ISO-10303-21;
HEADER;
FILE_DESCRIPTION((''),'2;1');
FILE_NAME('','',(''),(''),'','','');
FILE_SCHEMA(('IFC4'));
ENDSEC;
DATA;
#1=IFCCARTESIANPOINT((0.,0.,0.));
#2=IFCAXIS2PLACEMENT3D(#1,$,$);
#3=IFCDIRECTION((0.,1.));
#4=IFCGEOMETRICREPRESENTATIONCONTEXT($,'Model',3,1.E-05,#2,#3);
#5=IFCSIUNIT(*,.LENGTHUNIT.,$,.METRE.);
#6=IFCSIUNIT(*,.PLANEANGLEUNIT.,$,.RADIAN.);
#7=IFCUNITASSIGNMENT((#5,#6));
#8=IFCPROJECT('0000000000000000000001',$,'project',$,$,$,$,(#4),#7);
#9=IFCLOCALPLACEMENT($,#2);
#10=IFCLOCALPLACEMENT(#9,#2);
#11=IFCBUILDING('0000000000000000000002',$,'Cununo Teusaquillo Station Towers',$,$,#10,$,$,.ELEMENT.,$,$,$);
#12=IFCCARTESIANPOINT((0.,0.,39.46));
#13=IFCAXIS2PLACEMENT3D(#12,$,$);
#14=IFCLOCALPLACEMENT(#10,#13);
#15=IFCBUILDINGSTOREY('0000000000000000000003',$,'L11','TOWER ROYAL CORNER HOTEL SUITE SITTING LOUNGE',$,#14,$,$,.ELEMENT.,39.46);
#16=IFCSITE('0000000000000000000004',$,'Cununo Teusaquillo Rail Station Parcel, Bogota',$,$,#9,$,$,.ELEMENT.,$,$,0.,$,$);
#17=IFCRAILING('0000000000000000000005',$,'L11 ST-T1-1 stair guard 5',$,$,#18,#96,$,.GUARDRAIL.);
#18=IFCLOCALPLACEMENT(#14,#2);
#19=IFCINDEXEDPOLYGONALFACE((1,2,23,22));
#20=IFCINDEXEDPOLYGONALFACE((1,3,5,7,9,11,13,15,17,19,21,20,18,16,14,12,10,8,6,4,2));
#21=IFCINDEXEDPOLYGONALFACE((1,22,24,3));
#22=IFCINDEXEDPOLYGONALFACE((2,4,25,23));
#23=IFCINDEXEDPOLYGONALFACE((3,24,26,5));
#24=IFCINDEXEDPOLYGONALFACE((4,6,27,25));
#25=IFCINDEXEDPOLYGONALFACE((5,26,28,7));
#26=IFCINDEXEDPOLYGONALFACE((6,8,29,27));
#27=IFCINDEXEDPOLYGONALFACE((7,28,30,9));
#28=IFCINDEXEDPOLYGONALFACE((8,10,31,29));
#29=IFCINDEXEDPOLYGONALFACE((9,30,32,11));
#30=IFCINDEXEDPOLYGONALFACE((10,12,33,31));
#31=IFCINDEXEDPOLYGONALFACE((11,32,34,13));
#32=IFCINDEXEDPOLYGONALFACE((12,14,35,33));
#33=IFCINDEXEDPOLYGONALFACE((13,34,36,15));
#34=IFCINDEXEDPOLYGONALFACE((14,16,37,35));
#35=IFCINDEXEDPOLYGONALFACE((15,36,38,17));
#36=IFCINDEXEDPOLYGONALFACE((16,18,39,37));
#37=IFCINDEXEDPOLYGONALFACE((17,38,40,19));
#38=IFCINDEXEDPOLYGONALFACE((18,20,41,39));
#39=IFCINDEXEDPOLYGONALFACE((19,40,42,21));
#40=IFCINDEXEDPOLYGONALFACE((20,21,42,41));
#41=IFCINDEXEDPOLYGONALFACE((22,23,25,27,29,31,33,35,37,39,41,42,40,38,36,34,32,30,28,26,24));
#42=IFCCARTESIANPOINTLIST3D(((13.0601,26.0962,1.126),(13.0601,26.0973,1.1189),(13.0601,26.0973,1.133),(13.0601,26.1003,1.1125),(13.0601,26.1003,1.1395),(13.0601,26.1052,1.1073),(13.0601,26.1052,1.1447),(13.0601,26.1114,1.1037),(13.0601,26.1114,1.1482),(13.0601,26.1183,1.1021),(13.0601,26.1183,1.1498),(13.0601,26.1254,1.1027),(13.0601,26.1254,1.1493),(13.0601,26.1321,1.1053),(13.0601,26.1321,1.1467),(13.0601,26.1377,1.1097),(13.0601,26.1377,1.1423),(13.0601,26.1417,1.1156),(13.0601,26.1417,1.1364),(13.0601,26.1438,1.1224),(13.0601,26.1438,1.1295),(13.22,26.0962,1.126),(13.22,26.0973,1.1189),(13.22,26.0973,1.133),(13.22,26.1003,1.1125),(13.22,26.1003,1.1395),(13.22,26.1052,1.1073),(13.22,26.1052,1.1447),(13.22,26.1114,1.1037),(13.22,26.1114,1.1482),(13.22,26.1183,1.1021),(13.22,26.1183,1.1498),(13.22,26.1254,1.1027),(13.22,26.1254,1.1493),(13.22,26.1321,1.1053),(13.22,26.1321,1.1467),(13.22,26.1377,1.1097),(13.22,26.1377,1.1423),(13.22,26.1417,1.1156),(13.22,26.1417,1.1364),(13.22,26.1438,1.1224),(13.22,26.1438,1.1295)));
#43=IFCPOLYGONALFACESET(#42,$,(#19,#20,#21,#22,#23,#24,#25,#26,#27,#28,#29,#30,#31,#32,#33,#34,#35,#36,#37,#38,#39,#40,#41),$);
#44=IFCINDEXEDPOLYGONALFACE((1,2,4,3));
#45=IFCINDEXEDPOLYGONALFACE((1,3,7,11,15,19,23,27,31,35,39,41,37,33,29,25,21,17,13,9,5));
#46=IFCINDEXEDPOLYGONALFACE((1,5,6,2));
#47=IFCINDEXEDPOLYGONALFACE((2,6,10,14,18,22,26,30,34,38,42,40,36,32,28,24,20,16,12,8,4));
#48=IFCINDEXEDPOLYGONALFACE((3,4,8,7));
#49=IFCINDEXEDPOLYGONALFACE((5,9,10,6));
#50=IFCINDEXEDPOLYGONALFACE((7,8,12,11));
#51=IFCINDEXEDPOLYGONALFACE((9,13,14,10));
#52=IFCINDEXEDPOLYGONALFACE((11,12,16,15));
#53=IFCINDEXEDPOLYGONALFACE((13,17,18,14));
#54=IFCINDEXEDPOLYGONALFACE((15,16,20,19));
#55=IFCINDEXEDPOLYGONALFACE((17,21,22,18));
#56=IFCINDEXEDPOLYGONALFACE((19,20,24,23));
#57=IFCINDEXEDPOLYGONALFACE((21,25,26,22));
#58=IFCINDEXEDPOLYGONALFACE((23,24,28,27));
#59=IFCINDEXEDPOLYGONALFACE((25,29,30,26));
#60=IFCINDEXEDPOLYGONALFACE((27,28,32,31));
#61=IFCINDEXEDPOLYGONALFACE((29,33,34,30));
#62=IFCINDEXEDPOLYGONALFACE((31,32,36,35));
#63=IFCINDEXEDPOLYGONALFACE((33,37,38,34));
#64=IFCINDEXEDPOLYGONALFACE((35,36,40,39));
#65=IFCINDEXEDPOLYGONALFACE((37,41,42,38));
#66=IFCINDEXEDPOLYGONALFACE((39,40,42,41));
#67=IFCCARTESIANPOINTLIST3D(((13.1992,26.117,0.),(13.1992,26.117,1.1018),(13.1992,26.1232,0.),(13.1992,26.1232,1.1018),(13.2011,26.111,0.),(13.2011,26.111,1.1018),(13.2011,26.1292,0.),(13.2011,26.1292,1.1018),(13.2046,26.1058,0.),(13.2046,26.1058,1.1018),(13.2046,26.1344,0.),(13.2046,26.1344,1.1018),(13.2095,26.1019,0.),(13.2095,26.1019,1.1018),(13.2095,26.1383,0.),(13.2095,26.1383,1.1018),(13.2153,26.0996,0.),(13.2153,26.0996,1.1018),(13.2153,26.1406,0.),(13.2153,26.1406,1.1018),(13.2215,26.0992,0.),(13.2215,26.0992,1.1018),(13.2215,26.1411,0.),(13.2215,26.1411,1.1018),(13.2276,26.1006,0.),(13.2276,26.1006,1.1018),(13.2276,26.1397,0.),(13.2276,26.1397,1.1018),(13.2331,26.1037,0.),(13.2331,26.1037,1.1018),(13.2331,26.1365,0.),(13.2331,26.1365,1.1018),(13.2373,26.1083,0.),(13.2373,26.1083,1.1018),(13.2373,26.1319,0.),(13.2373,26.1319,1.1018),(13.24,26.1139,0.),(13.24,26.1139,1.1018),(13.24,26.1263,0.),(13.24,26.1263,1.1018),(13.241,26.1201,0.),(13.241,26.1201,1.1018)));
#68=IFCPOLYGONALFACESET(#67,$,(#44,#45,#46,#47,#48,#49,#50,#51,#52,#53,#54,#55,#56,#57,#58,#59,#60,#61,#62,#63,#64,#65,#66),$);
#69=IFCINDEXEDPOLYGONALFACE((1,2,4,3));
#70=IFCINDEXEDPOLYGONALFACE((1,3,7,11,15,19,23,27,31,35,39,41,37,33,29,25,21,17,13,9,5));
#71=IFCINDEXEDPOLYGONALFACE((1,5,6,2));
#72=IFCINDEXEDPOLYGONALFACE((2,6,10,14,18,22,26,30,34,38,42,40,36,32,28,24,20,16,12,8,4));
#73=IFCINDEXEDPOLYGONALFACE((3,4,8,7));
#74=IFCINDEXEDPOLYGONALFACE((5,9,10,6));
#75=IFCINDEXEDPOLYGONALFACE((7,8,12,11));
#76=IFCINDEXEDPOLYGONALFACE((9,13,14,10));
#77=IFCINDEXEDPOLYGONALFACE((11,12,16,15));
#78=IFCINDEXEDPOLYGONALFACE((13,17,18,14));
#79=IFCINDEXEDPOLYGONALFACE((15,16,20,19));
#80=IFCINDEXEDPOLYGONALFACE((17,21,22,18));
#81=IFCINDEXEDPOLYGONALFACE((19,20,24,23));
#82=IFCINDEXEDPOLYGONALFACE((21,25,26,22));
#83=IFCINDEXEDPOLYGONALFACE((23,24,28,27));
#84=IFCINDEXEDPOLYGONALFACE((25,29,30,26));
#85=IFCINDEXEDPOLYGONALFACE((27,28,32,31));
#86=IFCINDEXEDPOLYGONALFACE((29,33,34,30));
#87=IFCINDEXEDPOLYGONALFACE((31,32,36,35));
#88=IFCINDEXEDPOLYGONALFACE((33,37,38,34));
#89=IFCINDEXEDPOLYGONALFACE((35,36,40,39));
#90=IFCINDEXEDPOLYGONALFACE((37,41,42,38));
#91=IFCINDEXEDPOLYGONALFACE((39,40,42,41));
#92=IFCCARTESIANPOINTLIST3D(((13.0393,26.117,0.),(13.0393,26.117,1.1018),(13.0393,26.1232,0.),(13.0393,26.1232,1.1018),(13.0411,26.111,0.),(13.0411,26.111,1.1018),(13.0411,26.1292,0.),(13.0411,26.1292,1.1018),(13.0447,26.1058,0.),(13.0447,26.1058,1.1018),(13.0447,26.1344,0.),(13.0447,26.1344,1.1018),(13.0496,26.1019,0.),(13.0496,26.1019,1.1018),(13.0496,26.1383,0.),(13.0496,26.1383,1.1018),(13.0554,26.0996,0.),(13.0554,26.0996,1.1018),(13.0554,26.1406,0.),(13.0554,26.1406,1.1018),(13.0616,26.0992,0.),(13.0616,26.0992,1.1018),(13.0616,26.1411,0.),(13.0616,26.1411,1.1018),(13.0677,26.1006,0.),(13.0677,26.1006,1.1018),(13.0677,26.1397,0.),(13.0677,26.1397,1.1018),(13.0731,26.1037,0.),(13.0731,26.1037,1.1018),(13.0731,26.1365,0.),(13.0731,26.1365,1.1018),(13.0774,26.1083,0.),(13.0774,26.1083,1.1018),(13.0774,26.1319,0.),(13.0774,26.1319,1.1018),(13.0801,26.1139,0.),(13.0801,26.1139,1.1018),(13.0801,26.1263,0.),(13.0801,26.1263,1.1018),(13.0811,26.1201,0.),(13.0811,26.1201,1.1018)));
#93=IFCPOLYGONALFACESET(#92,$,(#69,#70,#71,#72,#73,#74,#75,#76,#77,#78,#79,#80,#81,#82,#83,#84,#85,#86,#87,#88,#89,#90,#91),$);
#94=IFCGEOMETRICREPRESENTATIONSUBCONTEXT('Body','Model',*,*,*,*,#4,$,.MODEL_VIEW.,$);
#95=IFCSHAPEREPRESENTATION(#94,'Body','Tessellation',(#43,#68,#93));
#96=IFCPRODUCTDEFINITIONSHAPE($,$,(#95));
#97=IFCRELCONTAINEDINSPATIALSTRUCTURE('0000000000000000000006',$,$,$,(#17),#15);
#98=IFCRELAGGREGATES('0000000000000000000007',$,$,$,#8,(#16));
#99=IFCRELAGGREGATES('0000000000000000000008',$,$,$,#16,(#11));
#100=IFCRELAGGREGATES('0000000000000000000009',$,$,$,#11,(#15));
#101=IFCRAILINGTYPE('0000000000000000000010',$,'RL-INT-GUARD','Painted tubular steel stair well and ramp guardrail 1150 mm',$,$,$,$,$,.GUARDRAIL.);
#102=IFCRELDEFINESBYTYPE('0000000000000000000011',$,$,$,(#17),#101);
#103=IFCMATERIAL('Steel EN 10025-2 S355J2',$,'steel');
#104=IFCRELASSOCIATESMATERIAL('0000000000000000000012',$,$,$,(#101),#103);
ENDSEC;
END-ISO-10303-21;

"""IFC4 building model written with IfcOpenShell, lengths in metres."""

from ifc_helpers import new_model, si_unit, direction, frame, origin, origin_2d, place, context, subcontext, project, spatial, circle, extrude, material, type_object, element, save


model = new_model("IFC4")

# Units and contexts
model_context = context("Model", 3, precision=1e-05, world=origin(), true_north=direction((0.0, 1.0)))
body_context = subcontext(model_context, "Body", "Model", "MODEL_VIEW")
ifc_project = project(units=[si_unit("LENGTHUNIT", "METRE"), si_unit("PLANEANGLEUNIT", "RADIAN")], contexts=[model_context])

# Site, building, storey
site_placement = place(None, origin())
site = spatial("IfcSite", under=ifc_project, at=site_placement, Name="Cununo Teusaquillo Rail Station Parcel, Bogota", CompositionType="ELEMENT", RefElevation=0.0)
building_placement = place(site_placement, origin())
building = spatial("IfcBuilding", under=site, at=building_placement, Name="Cununo Teusaquillo Station Towers", CompositionType="ELEMENT")
storey_placement = place(building_placement, frame((0.0, 0.0, 39.46)))
storey = spatial("IfcBuildingStorey", under=building, at=storey_placement, Name="L11", Description="TOWER ROYAL CORNER HOTEL SUITE SITTING LOUNGE", CompositionType="ELEMENT", Elevation=39.46)

# Railing
ifc_material_1 = material(Name="Steel EN 10025-2 S355J2", Category="steel")
railing_type_1 = type_object("IfcRailingType", Name="RL-INT-GUARD", Description="Painted tubular steel stair well and ramp guardrail 1150 mm", PredefinedType="GUARDRAIL", material=ifc_material_1)
railing_1_placement = place(storey_placement, frame((13.22, 26.1201, 0.0)))
element("IfcRailing", 1, at=railing_1_placement, inside=storey, type_object=railing_type_1, Name="L11 ST-T1-1 stair guard 5", PredefinedType="GUARDRAIL", context=body_context, shape_type="SweptSolid", body=[
    extrude(circle(Radius=0.0239, at=origin_2d()), frame((0.0, 0.0, 1.126), z_axis=(-1.0, 0.0, 0.0), x_axis=(0.0, -1.0, 0.0)), (0.0, 0.0, 1.0), 0.1599),
    extrude(circle(Radius=0.021, at=origin_2d()), origin(), (0.0, 0.0, 1.0), 1.1018),
    extrude(circle(Radius=0.021, at=origin_2d()), frame((-0.1599, 0.0, 0.0)), (0.0, 0.0, 1.0), 1.1018),
])

save(model, "model.ifc")
